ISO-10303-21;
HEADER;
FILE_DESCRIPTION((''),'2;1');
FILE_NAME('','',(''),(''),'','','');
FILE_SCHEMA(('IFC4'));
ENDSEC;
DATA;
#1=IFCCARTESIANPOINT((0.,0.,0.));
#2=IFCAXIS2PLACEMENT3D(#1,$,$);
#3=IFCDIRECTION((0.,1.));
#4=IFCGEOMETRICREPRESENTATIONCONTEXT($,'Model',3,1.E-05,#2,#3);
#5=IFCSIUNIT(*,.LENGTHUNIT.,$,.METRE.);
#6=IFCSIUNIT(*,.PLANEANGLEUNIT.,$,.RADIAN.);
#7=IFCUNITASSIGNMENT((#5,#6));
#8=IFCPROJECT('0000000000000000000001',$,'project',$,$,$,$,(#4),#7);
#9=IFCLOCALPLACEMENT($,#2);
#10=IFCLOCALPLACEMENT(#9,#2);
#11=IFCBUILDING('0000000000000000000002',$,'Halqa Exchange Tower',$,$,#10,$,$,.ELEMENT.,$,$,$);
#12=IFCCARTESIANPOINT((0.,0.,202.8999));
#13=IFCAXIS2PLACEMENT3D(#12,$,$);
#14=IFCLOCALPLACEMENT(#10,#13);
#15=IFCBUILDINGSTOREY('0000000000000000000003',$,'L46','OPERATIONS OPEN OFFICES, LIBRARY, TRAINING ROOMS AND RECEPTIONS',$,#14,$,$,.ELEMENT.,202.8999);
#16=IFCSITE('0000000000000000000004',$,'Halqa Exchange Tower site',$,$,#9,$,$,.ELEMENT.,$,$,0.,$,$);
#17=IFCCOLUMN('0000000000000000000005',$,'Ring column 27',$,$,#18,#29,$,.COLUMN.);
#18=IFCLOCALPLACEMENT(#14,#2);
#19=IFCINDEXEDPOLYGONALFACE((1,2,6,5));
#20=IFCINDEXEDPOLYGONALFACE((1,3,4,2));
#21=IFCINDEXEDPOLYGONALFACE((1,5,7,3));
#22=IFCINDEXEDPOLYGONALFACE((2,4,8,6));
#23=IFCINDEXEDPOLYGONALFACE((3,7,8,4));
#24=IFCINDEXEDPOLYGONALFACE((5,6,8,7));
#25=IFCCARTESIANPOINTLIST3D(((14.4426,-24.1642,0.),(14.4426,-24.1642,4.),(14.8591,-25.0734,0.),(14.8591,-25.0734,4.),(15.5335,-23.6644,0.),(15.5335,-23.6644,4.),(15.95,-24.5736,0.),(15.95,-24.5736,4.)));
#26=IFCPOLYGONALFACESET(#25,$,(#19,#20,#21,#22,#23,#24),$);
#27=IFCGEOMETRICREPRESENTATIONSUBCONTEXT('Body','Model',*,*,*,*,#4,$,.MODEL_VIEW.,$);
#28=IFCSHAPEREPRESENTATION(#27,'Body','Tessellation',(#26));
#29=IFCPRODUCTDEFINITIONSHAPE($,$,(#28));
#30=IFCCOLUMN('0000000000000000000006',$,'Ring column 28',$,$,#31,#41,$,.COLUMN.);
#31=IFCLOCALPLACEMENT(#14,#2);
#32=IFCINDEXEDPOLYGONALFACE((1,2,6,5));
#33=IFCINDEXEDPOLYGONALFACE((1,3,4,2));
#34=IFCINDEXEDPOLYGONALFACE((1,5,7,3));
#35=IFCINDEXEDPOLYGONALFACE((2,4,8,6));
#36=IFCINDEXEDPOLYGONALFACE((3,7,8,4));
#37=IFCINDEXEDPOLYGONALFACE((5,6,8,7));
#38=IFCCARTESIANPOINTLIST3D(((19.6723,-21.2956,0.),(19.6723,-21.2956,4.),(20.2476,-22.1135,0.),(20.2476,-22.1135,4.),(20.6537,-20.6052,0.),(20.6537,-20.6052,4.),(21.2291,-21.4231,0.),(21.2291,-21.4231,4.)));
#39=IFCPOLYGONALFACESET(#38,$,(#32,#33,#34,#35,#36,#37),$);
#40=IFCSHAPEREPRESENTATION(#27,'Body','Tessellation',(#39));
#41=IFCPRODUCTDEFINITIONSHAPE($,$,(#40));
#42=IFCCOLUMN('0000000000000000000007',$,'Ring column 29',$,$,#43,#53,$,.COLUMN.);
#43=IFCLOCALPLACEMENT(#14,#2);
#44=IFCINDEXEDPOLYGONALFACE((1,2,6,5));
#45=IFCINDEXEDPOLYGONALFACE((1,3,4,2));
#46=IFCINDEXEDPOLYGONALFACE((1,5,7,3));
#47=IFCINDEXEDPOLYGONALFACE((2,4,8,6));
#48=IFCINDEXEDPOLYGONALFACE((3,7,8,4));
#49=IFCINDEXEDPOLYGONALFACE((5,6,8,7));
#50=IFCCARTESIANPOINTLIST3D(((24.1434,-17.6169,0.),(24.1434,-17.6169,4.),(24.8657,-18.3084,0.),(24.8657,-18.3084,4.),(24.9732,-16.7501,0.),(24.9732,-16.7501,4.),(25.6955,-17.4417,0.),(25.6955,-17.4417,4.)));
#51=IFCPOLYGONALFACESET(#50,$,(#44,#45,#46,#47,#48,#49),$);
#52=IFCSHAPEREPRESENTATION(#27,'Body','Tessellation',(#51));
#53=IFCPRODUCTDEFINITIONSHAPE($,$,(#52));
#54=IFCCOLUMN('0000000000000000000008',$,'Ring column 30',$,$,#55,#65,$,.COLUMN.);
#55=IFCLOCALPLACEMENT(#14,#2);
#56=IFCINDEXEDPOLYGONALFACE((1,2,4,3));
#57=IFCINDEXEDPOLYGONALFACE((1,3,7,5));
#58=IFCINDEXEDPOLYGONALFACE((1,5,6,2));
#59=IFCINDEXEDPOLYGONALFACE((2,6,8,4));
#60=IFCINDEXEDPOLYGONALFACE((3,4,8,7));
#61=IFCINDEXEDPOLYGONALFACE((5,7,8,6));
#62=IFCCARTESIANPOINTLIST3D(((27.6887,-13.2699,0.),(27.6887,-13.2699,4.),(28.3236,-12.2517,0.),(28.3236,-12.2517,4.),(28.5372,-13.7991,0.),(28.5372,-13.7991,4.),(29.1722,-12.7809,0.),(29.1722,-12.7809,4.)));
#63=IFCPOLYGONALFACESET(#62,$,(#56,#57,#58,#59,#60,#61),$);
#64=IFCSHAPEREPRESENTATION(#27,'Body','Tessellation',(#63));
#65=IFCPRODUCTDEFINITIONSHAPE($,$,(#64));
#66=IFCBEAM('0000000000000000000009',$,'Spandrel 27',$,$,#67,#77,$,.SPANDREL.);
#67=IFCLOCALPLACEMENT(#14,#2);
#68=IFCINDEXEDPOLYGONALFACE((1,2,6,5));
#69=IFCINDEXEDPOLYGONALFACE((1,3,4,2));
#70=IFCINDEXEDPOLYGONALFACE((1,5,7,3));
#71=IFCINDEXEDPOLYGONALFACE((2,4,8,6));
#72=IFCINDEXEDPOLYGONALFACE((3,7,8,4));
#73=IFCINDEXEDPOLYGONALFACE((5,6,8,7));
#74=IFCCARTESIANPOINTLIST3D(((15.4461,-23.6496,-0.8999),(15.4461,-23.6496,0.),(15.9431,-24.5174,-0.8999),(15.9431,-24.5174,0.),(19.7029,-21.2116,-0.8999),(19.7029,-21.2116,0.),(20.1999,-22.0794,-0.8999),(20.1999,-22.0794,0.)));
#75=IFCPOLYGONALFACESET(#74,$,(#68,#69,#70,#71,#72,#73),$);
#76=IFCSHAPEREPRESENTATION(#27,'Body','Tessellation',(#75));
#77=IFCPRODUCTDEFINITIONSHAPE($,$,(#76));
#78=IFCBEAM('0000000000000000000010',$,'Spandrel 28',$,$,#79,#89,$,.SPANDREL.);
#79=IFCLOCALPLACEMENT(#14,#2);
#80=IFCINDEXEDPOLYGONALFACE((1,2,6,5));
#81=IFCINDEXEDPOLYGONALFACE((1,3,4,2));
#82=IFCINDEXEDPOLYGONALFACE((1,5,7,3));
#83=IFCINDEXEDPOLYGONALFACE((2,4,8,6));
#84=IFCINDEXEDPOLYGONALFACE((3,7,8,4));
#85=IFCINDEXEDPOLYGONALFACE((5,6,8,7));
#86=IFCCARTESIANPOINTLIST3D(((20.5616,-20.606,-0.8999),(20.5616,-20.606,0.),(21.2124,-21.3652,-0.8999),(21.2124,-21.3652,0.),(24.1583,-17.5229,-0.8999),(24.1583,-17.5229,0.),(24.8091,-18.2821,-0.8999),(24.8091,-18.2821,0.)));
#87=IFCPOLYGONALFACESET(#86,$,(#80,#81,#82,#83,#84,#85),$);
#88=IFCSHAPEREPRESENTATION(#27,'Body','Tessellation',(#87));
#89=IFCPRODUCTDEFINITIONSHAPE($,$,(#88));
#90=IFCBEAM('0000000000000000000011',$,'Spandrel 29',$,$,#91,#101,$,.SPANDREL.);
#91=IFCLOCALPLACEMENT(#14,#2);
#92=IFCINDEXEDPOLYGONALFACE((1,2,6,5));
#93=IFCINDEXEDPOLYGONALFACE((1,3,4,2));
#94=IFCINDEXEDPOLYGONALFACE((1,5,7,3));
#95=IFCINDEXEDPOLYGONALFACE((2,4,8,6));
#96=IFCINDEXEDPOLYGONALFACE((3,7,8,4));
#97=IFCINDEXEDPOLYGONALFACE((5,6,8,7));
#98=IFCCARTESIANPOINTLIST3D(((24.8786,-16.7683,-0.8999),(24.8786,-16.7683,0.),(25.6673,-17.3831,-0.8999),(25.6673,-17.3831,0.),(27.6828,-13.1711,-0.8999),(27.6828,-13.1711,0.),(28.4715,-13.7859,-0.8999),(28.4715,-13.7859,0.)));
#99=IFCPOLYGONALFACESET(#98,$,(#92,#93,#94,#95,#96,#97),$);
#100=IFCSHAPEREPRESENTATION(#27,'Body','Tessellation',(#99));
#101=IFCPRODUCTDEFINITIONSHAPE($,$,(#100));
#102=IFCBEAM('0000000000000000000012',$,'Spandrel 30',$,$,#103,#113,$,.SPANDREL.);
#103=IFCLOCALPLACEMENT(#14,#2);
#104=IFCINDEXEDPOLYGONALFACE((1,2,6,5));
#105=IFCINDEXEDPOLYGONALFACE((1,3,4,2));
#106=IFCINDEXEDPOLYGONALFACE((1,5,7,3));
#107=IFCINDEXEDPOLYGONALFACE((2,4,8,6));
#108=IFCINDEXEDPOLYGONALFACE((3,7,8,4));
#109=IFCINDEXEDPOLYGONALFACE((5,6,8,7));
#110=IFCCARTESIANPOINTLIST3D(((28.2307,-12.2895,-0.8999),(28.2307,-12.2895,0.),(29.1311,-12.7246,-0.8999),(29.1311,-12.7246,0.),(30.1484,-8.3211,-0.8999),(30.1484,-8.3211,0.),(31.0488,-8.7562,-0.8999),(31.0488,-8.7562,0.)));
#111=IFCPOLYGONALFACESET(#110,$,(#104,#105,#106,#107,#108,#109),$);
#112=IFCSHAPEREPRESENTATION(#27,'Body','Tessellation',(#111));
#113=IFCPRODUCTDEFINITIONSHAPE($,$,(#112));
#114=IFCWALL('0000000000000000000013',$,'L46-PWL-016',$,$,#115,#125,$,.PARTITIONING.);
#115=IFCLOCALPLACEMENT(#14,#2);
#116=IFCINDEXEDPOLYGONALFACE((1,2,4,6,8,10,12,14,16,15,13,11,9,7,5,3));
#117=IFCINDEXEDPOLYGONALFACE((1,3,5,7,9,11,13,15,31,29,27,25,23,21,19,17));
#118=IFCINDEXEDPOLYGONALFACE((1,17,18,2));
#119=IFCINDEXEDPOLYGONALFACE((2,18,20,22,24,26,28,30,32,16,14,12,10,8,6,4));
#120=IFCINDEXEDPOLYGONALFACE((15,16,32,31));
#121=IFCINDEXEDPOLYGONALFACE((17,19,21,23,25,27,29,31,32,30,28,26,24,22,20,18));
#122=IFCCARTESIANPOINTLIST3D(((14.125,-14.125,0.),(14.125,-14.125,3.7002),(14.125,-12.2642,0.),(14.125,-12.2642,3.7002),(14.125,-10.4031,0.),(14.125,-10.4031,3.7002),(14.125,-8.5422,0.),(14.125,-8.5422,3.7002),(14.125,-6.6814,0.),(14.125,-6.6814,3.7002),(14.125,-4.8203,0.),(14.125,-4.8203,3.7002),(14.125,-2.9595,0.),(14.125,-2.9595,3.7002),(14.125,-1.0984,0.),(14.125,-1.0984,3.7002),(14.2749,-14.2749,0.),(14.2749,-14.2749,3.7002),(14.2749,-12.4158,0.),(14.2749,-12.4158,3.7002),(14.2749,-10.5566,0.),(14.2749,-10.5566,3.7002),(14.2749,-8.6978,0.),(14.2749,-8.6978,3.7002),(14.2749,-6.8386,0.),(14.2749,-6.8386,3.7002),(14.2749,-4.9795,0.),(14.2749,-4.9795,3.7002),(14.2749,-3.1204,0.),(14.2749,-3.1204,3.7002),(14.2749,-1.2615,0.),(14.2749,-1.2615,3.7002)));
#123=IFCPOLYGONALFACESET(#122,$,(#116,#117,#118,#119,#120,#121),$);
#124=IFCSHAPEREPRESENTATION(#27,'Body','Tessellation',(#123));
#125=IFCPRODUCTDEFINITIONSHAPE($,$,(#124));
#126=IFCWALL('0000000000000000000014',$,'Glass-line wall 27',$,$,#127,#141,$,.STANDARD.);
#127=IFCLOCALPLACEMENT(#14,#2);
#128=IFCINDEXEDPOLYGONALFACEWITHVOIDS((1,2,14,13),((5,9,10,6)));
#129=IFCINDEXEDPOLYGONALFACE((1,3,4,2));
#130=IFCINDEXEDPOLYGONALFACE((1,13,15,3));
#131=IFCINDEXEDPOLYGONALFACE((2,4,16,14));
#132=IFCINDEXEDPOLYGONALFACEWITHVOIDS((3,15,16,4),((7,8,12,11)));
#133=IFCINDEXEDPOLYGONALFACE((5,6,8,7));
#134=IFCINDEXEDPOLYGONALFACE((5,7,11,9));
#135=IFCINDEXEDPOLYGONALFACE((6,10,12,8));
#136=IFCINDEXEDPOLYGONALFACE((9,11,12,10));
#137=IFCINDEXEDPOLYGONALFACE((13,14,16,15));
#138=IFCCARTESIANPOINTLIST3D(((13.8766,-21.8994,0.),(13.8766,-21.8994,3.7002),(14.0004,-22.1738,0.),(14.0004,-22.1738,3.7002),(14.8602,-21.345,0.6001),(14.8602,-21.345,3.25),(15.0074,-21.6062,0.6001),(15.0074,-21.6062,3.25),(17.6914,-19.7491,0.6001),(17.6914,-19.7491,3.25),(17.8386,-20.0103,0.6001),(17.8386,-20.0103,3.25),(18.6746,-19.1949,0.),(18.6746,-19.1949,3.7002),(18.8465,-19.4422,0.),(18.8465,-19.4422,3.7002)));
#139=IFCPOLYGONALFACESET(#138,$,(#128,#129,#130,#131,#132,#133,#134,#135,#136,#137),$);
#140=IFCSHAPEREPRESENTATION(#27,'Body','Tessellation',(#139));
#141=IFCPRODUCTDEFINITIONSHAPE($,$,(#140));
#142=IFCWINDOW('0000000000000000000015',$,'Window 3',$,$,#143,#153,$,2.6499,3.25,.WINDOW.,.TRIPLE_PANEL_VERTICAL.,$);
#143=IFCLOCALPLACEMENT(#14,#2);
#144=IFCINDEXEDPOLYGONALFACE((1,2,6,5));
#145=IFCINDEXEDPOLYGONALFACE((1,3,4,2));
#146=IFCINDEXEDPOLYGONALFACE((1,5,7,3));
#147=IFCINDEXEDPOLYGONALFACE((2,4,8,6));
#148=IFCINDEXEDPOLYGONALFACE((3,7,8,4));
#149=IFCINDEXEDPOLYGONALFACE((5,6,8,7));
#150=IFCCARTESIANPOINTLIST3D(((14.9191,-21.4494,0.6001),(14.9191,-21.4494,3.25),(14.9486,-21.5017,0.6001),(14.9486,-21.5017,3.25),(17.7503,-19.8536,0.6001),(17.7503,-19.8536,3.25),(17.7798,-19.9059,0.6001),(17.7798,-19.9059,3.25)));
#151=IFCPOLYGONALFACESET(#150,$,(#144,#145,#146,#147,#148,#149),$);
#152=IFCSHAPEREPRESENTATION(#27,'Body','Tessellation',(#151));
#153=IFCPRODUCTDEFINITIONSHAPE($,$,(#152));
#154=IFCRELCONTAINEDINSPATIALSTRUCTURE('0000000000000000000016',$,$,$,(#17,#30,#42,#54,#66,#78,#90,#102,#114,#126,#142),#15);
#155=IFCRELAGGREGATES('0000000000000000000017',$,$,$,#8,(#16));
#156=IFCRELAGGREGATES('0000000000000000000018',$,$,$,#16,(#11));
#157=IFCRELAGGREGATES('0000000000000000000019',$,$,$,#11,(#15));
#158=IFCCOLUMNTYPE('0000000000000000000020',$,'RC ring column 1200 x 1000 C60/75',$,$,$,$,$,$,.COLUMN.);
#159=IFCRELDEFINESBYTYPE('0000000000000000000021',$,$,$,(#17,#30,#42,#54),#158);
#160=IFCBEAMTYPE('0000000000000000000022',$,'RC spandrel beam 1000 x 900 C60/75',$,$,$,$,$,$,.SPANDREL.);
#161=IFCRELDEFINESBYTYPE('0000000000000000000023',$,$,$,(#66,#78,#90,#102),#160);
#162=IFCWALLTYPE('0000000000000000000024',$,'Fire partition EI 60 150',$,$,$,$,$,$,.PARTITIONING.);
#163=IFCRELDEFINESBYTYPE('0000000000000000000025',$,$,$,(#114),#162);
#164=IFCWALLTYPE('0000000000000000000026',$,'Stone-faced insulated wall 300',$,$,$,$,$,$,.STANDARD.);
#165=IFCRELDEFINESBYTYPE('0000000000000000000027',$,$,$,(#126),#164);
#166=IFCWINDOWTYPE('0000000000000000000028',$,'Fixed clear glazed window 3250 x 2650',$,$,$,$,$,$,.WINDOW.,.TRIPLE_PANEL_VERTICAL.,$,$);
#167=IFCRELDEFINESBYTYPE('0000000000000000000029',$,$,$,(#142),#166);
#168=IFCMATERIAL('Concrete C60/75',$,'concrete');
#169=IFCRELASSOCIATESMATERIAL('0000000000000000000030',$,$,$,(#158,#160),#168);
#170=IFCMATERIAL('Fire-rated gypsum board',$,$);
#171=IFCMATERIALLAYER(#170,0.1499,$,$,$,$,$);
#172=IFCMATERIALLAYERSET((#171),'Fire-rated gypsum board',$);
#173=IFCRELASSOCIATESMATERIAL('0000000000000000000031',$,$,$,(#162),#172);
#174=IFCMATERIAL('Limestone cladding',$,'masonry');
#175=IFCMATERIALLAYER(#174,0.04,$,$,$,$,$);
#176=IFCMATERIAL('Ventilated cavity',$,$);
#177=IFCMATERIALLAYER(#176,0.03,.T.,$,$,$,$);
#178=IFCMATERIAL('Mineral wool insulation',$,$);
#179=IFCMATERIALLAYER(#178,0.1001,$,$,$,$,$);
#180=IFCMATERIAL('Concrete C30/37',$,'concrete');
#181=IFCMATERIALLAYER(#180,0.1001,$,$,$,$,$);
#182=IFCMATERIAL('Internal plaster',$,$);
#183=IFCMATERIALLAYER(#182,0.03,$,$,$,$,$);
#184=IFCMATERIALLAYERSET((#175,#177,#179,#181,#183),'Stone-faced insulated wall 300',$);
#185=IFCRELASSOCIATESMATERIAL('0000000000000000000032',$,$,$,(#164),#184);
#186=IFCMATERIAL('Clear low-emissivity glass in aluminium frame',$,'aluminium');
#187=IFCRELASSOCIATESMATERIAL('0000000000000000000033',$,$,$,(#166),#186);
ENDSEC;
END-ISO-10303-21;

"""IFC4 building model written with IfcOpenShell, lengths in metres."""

from ifc_helpers import new_model, si_unit, direction, frame, frame_2d, origin, origin_2d, place, context, subcontext, project, spatial, polyline, rectangle, outline, extrude, material, layer, layer_set, material_profile, profile_set, type_object, element, fill, save


model = new_model("IFC4")

# Units and contexts
model_context = context("Model", 3, precision=1e-05, world=origin(), true_north=direction((0.0, 1.0)))
body_context = subcontext(model_context, "Body", "Model", "MODEL_VIEW")
ifc_project = project(units=[si_unit("LENGTHUNIT", "METRE"), si_unit("PLANEANGLEUNIT", "RADIAN")], contexts=[model_context])

# Site, building, storey
site_placement = place(None, origin())
site = spatial("IfcSite", under=ifc_project, at=site_placement, Name="Halqa Exchange Tower site", CompositionType="ELEMENT", RefElevation=0.0)
building_placement = place(site_placement, origin())
building = spatial("IfcBuilding", under=site, at=building_placement, Name="Halqa Exchange Tower", CompositionType="ELEMENT")
storey_placement = place(building_placement, frame((0.0, 0.0, 202.8999)))
storey = spatial("IfcBuildingStorey", under=building, at=storey_placement, Name="L46", Description="OPERATIONS OPEN OFFICES, LIBRARY, TRAINING ROOMS AND RECEPTIONS", CompositionType="ELEMENT", Elevation=202.8999)

# Columns
ifc_material_1 = material(Name="Concrete C60/75", Category="concrete")
ifc_material_profile_1 = material_profile(ifc_material_1, rectangle(XDim=1.2, YDim=1.0, at=origin_2d()), Name="1200 x 1000")
ifc_profile_set_1 = profile_set([ifc_material_profile_1], Name="Concrete C60/75")
column_type = type_object("IfcColumnType", Name="RC ring column 1200 x 1000 C60/75", PredefinedType="COLUMN", material=ifc_profile_set_1)
for number, where, z_axis, x_axis, name in (
    (1, (15.1963, -24.3689, 0.0), (0.0, 0.0, 1.0), (0.909126, 0.41652, 0.0), "Ring column 27"),
    (2, (20.4507, -21.3594, 0.0), (0.0, 0.0, 1.0), (0.817909, 0.575348, 0.0), "Ring column 28"),
    (3, (24.9194, -17.5293, 0.0), (0.0, 0.0, 1.0), (0.691577, 0.722302, 0.0), "Ring column 29"),
    (4, (28.4304, -13.0254, 0.0), (0.0, 0.0, 1.0), (0.529143, 0.848532, 0.0), "Ring column 30"),
):
    element("IfcColumn", number, at=place(storey_placement, frame(where, z_axis=z_axis, x_axis=x_axis)), inside=storey, type_object=column_type, Name=name, PredefinedType="COLUMN", context=body_context, shape_type="SweptSolid", body=[
        extrude(rectangle(XDim=1.2, YDim=1.0, at=origin_2d()), origin(), (0.0, 0.0, 1.0), 4.0),
    ])

# Beams
ifc_material_profile_2 = material_profile(ifc_material_1, rectangle(XDim=1.0, YDim=0.8999, at=origin_2d()), Name="1000 x 900")
ifc_profile_set_2 = profile_set([ifc_material_profile_2], Name="Concrete C60/75")
beam_type = type_object("IfcBeamType", Name="RC spandrel beam 1000 x 900 C60/75", PredefinedType="SPANDREL", material=ifc_profile_set_2)
beam_1_placement = place(storey_placement, frame((15.6946, -24.0835, -0.45), z_axis=(0.867759, 0.496986, 0.0), x_axis=(-0.496986, 0.867759, 0.0)))
element("IfcBeam", 5, at=beam_1_placement, inside=storey, type_object=beam_type, Name="Spandrel 27", PredefinedType="SPANDREL", context=body_context, shape_type="SweptSolid", body=[
    extrude(rectangle(XDim=1.0, YDim=0.8999, at=origin_2d()), origin(), (0.0, 0.0, 1.0), 4.9055),
])
beam_2_placement = place(storey_placement, frame((20.887, -20.9856, -0.45), z_axis=(0.759242, 0.650808, 0.0), x_axis=(-0.650808, 0.759242, 0.0)))
element("IfcBeam", 6, at=beam_2_placement, inside=storey, type_object=beam_type, Name="Spandrel 28", PredefinedType="SPANDREL", context=body_context, shape_type="SweptSolid", body=[
    extrude(rectangle(XDim=1.0, YDim=0.8999, at=origin_2d()), origin(), (0.0, 0.0, 1.0), 4.7373),
])
beam_3_placement = place(storey_placement, frame((25.2729, -17.0757, -0.45), z_axis=(0.614815, 0.788672, 0.0), x_axis=(-0.788672, 0.614815, 0.0)))
element("IfcBeam", 7, at=beam_3_placement, inside=storey, type_object=beam_type, Name="Spandrel 29", PredefinedType="SPANDREL", context=body_context, shape_type="SweptSolid", body=[
    extrude(rectangle(XDim=1.0, YDim=0.8999, at=origin_2d()), origin(), (0.0, 0.0, 1.0), 4.561),
])
beam_4_placement = place(storey_placement, frame((28.6809, -12.5071, -0.45), z_axis=(0.435098, 0.900383, 0.0), x_axis=(-0.900383, 0.435098, 0.0)))
element("IfcBeam", 8, at=beam_4_placement, inside=storey, type_object=beam_type, Name="Spandrel 30", PredefinedType="SPANDREL", context=body_context, shape_type="SweptSolid", body=[
    extrude(rectangle(XDim=1.0, YDim=0.8999, at=origin_2d()), origin(), (0.0, 0.0, 1.0), 4.4075),
])

# Wall
ifc_material_2 = material(Name="Fire-rated gypsum board")
ifc_layer_1 = layer(ifc_material_2, 0.1499)
ifc_layer_set_1 = layer_set([ifc_layer_1], Name="Fire-rated gypsum board")
wall_type_1 = type_object("IfcWallType", Name="Fire partition EI 60 150", PredefinedType="PARTITIONING", material=ifc_layer_set_1)
wall_1_placement = place(storey_placement, frame((14.2, -14.2749, 0.0), z_axis=(0.0, 0.0, 1.0), x_axis=(0.0, 1.0, 0.0)))
element("IfcWall", 9, at=wall_1_placement, inside=storey, type_object=wall_type_1, Name="L46-PWL-016", PredefinedType="PARTITIONING", context=body_context, shape_type="SweptSolid", body=[
    extrude(outline(polyline([(0.0, -0.075), (1.8591, -0.075), (3.7183, -0.075), (5.5771, -0.075), (7.4363, -0.075), (9.2954, -0.075), (11.1545, -0.075), (13.0134, -0.075), (13.1765, 0.075), (11.3154, 0.075), (9.4546, 0.075), (7.5935, 0.075), (5.7327, 0.075), (3.8718, 0.075), (2.0107, 0.075), (0.1499, 0.075), (0.0, -0.075)])), origin(), (0.0, 0.0, 1.0), 3.7002),
])

# Wall, opening, window
ifc_material_3 = material(Name="Limestone cladding", Category="masonry")
ifc_layer_2 = layer(ifc_material_3, 0.04)
ifc_material_4 = material(Name="Ventilated cavity")
ifc_layer_3 = layer(ifc_material_4, 0.03, ventilated=True)
ifc_material_5 = material(Name="Mineral wool insulation")
ifc_layer_4 = layer(ifc_material_5, 0.1001)
ifc_material_6 = material(Name="Concrete C30/37", Category="concrete")
ifc_layer_5 = layer(ifc_material_6, 0.1001)
ifc_material_7 = material(Name="Internal plaster")
ifc_layer_6 = layer(ifc_material_7, 0.03)
ifc_layer_set_2 = layer_set([ifc_layer_2, ifc_layer_3, ifc_layer_4, ifc_layer_5, ifc_layer_6], Name="Stone-faced insulated wall 300")
wall_type_2 = type_object("IfcWallType", Name="Stone-faced insulated wall 300", PredefinedType="STANDARD", material=ifc_layer_set_2)
wall_2_placement = place(storey_placement, frame((13.9385, -22.0366, 0.0), z_axis=(0.0, 0.0, 1.0), x_axis=(0.871141, 0.491034, 0.0)))
wall_2 = element("IfcWall", 10, at=wall_2_placement, inside=storey, type_object=wall_type_2, Name="Glass-line wall 27", PredefinedType="STANDARD", context=body_context, shape_type="SweptSolid", body=[
    extrude(outline(polyline([(-0.0134, -0.1499), (5.5496, -0.1499), (5.5212, 0.1499), (0.0134, 0.1499), (-0.0134, -0.1499)])), origin(), (0.0, 0.0, 1.0), 3.7002),
])
opening_1_placement = place(wall_2_placement, frame((1.1426, 0.0, 0.6001)))
opening_1 = element("IfcOpeningElement", 11, at=opening_1_placement, cuts=wall_2, PredefinedType="OPENING", context=body_context, shape_type="SweptSolid", body=[
    extrude(rectangle(XDim=3.25, YDim=2.6499, at=frame_2d((1.625, 1.325))), frame((0.0, 0.1621, 0.0), z_axis=(0.0, -1.0, 0.0), x_axis=(1.0, 0.0, 0.0)), (0.0, 0.0, 1.0), 0.324),
])
ifc_material_8 = material(Name="Clear low-emissivity glass in aluminium frame", Category="aluminium")
window_type = type_object("IfcWindowType", Name="Fixed clear glazed window 3250 x 2650", PartitioningType="TRIPLE_PANEL_VERTICAL", PredefinedType="WINDOW", material=ifc_material_8)
window_1_placement = place(opening_1_placement, origin())
window_1 = element("IfcWindow", 12, at=window_1_placement, inside=storey, type_object=window_type, Name="Window 3", OverallHeight=2.6499, OverallWidth=3.25, PartitioningType="TRIPLE_PANEL_VERTICAL", PredefinedType="WINDOW", context=body_context, shape_type="SweptSolid", body=[
    extrude(rectangle(XDim=3.25, YDim=2.6499, at=frame_2d((1.625, 1.325))), frame((0.0, 0.03, 0.0), z_axis=(0.0, -1.0, 0.0), x_axis=(1.0, 0.0, 0.0)), (0.0, 0.0, 1.0), 0.0601),
])
fill(opening_1, window_1)

save(model, "model.ifc")
